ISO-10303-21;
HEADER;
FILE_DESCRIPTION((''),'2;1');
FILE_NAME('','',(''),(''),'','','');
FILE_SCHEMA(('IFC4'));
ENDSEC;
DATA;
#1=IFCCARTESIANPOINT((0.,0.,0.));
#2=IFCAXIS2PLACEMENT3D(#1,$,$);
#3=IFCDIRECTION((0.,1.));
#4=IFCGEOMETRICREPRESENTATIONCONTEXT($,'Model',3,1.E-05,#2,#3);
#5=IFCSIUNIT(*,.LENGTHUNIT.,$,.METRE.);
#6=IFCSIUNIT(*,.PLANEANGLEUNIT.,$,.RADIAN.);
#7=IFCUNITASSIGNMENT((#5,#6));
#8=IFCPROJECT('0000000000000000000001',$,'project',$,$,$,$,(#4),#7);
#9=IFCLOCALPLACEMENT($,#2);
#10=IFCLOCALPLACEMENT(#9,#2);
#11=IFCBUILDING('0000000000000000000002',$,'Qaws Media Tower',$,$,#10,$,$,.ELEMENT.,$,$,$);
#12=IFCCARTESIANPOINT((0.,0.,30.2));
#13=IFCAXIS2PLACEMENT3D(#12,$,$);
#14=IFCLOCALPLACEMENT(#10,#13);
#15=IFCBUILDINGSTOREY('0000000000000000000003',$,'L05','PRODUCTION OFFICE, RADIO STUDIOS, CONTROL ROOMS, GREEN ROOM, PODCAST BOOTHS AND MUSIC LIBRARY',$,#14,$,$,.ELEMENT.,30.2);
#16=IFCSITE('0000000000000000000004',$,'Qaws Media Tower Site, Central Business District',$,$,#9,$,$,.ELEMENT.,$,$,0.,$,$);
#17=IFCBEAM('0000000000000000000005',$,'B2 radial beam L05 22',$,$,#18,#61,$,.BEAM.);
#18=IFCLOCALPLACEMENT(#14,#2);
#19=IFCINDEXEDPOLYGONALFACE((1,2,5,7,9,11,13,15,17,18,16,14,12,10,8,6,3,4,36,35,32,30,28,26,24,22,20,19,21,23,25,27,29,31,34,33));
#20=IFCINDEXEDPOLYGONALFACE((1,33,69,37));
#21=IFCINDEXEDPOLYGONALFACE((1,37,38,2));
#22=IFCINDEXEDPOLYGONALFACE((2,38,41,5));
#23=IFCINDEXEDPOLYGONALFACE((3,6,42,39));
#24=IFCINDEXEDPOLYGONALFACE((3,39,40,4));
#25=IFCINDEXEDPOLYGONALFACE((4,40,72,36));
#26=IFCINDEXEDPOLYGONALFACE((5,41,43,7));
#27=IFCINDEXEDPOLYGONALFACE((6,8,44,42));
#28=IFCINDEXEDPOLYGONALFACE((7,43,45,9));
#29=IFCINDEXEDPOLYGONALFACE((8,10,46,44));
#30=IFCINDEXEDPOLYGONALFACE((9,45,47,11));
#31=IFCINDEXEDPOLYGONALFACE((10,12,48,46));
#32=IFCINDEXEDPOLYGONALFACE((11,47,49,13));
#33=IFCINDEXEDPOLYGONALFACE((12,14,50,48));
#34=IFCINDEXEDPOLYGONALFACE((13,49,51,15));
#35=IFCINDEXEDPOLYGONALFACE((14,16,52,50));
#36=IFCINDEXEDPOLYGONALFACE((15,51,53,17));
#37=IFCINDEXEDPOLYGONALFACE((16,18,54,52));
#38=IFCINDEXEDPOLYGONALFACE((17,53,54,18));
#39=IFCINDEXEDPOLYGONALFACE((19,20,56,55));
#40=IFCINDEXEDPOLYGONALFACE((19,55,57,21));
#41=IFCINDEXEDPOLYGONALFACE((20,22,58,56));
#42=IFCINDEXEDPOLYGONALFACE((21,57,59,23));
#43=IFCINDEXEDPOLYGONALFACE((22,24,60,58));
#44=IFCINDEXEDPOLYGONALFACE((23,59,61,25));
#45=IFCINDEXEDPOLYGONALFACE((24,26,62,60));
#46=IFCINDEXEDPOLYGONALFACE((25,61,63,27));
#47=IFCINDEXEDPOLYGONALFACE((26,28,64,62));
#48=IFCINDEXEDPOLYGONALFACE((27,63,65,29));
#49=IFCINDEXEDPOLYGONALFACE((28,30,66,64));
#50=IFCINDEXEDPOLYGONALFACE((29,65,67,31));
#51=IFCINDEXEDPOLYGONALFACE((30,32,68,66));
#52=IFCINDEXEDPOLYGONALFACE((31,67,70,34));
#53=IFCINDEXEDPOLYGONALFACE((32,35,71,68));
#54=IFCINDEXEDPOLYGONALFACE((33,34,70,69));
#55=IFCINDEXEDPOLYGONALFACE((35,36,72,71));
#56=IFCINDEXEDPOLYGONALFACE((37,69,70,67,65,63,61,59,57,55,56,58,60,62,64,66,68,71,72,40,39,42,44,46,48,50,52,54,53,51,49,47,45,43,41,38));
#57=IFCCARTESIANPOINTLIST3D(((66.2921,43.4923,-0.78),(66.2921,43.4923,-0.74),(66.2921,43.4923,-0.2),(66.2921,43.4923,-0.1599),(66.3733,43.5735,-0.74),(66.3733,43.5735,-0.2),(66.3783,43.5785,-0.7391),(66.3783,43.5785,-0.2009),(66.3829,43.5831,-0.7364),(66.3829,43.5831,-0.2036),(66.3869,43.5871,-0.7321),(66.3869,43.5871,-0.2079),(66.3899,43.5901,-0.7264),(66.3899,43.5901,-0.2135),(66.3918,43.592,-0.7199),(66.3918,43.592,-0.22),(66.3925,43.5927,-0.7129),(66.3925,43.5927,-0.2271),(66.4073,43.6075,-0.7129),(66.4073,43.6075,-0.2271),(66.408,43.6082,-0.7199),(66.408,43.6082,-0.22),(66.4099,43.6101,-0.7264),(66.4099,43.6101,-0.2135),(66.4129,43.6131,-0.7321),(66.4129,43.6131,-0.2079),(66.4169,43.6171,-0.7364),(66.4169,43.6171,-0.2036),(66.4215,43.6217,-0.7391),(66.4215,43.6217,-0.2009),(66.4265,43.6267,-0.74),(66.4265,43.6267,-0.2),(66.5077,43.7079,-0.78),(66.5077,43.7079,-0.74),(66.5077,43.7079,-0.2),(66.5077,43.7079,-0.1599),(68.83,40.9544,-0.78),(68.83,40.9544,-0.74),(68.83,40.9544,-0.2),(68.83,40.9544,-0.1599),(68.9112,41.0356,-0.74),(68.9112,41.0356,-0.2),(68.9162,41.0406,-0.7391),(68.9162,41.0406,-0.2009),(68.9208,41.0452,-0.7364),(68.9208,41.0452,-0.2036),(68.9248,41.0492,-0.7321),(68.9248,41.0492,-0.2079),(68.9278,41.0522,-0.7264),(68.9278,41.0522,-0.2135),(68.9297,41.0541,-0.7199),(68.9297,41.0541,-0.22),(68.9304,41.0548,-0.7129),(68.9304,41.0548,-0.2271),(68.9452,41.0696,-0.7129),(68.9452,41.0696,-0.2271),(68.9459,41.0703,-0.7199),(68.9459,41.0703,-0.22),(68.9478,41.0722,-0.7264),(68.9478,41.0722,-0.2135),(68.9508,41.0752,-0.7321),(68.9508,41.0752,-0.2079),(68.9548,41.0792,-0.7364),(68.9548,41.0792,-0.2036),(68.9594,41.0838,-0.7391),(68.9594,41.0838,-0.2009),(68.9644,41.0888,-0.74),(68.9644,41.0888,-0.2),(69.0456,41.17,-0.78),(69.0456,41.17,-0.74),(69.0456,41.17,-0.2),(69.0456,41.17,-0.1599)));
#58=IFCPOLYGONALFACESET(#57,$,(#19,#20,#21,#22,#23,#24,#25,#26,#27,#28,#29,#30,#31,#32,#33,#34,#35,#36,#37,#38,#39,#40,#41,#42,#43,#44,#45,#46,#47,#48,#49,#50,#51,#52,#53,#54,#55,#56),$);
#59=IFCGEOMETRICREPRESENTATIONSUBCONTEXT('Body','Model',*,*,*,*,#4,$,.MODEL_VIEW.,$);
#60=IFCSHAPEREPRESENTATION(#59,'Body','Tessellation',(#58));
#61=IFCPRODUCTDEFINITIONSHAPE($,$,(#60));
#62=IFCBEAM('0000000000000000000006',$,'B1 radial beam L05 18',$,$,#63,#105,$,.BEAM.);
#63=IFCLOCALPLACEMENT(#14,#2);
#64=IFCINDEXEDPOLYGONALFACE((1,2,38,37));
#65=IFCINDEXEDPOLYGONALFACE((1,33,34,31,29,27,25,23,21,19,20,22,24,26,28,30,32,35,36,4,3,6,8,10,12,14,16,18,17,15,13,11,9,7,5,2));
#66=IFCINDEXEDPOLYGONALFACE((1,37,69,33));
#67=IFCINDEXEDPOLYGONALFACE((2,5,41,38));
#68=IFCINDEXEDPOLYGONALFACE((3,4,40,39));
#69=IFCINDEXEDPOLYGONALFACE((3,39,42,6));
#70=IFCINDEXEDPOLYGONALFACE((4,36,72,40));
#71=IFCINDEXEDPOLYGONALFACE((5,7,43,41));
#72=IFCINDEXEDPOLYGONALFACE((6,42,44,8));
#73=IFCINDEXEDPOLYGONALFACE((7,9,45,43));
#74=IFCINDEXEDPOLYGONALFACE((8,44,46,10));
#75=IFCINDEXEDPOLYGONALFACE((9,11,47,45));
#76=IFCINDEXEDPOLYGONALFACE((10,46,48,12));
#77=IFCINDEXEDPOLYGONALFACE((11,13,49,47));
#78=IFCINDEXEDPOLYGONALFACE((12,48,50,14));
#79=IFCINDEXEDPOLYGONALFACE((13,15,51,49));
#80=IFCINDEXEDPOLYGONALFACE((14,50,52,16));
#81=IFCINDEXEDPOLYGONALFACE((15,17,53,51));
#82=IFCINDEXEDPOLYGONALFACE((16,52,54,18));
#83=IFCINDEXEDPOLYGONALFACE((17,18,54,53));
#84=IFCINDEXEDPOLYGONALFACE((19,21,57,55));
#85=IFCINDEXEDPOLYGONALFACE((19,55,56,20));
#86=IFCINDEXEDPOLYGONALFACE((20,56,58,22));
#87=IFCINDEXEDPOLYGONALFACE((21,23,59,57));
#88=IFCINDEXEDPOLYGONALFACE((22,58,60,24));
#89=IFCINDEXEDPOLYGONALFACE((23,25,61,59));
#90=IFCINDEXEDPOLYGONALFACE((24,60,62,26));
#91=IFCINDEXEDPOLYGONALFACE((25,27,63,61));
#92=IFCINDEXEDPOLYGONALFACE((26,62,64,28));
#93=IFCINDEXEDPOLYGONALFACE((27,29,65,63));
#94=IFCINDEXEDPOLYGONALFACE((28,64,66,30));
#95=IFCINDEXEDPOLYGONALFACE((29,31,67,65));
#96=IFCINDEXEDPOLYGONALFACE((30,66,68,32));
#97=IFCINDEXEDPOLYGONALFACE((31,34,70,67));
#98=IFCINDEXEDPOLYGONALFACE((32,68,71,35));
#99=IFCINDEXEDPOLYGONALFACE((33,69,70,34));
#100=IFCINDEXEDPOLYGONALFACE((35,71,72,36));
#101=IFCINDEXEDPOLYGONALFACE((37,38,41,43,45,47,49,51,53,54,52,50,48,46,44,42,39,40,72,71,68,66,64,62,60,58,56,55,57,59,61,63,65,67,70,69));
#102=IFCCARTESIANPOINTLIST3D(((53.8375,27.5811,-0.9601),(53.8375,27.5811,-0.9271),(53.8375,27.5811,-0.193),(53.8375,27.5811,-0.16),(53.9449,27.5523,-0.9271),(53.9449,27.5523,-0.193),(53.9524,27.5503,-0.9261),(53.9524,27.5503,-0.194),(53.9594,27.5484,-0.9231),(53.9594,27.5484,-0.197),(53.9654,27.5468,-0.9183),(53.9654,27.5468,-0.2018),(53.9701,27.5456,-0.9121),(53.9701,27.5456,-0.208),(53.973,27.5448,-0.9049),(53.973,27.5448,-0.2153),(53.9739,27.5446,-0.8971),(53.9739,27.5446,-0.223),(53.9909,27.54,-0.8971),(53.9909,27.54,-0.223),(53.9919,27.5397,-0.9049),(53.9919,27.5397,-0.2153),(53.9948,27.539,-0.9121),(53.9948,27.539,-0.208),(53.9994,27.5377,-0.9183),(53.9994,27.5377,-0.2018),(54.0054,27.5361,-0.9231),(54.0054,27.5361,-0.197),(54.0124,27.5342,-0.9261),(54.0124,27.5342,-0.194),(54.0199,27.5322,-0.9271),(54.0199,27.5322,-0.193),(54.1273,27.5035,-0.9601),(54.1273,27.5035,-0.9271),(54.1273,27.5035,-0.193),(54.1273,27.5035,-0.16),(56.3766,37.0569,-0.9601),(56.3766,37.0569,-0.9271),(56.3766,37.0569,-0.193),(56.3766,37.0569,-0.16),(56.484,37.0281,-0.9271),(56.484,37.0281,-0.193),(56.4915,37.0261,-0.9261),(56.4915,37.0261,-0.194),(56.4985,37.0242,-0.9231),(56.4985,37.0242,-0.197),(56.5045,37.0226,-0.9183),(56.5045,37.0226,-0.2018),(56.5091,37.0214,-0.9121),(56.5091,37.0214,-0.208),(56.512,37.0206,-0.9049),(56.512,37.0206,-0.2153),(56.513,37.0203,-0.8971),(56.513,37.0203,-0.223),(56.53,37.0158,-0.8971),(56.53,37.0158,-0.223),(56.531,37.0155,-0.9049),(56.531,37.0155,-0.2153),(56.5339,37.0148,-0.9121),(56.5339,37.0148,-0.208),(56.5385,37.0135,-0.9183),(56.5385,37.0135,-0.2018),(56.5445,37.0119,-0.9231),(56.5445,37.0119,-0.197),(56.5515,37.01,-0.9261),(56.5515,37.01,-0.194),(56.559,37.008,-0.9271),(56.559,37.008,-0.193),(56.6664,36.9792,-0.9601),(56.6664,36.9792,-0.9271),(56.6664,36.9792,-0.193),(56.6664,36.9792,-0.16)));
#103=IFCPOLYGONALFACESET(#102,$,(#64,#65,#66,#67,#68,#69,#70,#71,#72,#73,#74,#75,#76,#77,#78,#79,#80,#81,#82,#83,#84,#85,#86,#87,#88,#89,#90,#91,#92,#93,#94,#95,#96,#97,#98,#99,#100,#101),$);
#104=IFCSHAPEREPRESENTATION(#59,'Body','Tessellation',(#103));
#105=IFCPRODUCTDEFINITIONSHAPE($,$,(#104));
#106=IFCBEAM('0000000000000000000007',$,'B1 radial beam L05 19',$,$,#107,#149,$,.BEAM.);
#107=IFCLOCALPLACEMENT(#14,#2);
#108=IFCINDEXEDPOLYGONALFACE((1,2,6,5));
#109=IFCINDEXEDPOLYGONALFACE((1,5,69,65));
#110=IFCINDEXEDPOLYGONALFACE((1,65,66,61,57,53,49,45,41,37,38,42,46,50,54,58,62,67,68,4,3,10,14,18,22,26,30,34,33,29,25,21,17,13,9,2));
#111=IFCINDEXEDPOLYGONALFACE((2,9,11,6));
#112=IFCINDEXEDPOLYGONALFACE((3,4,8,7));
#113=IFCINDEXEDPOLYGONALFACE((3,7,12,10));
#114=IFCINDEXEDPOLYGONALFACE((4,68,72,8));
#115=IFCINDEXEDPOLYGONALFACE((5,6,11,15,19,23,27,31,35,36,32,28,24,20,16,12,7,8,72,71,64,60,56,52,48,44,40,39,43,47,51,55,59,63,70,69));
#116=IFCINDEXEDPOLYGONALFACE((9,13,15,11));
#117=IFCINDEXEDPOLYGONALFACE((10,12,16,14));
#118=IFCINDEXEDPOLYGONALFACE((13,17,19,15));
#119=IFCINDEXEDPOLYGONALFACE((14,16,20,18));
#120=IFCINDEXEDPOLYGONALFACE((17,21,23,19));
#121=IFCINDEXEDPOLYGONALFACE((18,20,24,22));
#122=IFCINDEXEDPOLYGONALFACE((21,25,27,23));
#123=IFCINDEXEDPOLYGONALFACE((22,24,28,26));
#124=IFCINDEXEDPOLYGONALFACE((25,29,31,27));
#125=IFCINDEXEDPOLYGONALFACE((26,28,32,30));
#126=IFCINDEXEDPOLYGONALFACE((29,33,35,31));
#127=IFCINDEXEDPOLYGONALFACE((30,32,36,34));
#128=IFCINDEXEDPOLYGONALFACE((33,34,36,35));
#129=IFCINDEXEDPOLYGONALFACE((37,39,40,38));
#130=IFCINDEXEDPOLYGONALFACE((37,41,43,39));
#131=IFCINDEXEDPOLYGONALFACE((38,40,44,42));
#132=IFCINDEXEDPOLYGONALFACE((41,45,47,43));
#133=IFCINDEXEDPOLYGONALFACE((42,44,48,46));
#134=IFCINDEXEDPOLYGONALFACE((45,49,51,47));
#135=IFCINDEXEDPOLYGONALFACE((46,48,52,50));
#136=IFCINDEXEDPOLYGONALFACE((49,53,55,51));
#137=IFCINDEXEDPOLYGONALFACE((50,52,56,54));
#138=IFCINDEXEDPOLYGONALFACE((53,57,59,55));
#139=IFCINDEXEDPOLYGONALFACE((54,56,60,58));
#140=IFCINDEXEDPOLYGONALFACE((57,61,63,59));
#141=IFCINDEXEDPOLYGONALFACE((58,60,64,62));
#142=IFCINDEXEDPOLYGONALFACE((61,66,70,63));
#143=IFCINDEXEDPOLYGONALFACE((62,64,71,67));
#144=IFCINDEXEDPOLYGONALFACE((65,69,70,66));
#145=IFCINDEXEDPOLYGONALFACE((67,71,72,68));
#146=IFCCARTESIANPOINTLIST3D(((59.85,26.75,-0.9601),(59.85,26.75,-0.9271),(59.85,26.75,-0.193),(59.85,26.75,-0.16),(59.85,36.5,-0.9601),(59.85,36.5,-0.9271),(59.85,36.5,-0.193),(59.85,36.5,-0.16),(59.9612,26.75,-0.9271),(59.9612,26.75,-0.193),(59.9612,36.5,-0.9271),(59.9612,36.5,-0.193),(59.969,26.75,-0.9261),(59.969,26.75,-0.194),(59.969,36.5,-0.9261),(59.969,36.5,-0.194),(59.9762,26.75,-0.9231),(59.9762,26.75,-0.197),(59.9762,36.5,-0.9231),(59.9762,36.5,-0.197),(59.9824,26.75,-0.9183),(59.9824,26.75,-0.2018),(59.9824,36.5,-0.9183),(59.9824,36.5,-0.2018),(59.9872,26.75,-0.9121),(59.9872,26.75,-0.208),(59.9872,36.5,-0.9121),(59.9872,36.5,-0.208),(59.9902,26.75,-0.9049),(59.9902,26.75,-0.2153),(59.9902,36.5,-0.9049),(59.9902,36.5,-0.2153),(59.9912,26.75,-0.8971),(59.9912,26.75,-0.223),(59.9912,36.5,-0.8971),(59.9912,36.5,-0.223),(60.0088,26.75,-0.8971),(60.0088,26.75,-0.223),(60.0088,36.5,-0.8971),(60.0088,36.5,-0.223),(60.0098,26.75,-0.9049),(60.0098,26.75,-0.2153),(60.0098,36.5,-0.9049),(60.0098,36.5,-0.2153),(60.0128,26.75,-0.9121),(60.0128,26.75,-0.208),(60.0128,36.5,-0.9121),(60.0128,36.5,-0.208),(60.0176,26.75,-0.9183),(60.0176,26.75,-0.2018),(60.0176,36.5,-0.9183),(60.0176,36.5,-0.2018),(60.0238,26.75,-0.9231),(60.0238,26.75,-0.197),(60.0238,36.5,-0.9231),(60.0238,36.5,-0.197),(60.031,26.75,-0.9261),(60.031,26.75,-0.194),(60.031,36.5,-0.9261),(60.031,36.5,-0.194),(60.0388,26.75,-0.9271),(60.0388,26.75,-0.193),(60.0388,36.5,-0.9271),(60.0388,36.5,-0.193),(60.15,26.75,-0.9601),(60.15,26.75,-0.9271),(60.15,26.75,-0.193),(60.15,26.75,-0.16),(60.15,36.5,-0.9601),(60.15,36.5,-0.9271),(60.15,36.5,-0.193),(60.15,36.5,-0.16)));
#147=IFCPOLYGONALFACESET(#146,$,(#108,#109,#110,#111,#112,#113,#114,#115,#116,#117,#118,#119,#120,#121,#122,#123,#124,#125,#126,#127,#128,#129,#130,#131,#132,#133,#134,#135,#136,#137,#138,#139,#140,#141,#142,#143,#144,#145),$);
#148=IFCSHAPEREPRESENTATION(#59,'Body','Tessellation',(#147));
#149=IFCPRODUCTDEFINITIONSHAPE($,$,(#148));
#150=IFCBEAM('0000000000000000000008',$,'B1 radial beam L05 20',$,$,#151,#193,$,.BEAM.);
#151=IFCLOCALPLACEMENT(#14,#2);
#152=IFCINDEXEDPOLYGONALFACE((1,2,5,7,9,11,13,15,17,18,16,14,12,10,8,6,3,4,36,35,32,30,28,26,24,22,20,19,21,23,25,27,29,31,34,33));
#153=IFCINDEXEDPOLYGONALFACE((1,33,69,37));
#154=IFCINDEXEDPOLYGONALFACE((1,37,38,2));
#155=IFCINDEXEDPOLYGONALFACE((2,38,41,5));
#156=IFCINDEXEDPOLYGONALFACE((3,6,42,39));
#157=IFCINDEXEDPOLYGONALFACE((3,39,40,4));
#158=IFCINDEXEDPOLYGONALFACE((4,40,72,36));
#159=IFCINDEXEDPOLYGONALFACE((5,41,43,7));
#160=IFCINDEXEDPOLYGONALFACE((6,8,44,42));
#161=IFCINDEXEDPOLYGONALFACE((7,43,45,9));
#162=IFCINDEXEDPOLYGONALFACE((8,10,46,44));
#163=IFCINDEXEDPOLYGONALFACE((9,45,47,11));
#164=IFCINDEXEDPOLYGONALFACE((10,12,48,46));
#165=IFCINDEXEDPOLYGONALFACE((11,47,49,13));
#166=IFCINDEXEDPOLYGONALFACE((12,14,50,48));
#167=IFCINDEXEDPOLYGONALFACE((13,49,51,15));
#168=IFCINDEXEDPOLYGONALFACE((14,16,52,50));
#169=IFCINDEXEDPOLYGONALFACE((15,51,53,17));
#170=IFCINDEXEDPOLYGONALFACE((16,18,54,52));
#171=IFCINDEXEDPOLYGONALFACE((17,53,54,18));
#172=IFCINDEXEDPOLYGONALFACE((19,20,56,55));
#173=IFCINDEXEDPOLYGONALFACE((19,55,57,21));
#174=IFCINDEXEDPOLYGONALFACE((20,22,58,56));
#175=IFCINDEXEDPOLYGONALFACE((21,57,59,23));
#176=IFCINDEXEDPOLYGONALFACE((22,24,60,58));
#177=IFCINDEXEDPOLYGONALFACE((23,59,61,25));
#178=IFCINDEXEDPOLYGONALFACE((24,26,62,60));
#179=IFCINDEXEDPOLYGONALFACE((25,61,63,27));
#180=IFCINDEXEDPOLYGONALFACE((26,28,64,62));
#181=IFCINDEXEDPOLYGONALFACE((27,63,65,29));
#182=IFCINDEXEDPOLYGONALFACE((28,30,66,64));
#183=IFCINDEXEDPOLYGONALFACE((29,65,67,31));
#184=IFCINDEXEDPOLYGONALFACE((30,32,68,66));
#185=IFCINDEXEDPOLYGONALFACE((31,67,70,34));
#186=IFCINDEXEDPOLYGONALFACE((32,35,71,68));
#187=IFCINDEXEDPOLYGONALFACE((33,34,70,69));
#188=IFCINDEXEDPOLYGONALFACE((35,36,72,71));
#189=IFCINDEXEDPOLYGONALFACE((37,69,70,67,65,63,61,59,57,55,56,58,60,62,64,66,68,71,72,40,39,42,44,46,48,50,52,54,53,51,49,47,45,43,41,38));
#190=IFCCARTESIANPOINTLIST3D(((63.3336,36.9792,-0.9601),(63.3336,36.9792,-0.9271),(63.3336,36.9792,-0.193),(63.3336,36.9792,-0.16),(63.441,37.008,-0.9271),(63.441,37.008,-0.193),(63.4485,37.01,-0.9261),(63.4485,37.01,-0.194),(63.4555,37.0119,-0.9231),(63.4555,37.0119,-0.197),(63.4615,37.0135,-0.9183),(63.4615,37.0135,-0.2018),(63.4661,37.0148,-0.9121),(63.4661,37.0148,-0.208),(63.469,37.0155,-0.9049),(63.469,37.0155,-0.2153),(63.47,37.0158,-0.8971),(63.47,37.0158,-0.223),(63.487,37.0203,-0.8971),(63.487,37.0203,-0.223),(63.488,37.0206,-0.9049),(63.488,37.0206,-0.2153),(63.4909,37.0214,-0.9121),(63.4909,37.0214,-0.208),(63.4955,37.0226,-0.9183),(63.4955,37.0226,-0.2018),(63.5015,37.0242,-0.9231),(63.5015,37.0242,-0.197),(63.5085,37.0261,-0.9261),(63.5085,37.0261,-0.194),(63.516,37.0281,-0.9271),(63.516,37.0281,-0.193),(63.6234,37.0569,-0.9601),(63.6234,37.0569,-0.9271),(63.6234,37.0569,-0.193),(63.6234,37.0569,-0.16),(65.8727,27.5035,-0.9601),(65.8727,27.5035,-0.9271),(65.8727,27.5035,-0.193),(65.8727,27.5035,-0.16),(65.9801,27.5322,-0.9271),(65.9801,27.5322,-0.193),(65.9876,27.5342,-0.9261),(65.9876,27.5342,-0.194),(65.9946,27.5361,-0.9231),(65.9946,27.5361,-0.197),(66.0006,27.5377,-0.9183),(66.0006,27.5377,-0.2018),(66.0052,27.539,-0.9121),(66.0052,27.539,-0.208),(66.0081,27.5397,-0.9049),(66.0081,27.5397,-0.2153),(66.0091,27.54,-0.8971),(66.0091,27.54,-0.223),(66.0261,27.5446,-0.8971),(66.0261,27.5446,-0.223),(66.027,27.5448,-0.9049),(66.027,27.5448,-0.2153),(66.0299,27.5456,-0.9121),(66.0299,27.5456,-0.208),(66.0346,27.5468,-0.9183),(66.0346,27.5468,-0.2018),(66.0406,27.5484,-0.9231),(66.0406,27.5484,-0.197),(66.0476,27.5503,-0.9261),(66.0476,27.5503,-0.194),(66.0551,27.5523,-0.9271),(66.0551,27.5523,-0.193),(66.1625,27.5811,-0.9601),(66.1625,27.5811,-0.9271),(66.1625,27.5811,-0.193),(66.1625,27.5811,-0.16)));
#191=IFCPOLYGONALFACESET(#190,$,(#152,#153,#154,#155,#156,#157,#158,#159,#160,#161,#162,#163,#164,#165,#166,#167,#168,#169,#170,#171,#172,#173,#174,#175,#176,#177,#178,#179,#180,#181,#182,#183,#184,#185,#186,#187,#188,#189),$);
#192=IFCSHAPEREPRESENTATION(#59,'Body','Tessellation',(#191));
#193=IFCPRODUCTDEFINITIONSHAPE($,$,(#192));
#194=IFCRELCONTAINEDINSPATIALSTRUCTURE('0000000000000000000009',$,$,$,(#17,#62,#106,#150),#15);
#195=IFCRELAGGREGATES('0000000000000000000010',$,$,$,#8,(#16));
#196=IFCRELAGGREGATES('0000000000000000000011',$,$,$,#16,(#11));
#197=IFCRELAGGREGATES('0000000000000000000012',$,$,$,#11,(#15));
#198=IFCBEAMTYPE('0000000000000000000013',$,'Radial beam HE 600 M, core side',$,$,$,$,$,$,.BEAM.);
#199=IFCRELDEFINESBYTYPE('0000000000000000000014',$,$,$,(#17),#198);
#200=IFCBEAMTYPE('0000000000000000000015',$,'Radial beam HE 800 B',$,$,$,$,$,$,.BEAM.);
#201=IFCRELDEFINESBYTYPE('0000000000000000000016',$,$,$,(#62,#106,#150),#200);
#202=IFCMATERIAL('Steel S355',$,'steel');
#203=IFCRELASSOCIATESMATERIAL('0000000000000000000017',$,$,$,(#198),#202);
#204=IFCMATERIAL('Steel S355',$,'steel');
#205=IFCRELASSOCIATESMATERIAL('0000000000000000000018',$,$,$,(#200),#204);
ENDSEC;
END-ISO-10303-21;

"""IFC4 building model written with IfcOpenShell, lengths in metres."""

from ifc_helpers import new_model, si_unit, direction, frame, origin, origin_2d, place, context, subcontext, project, spatial, i_section, extrude, material, material_profile, profile_set, type_object, element, save


model = new_model("IFC4")

# Units and contexts
model_context = context("Model", 3, precision=1e-05, world=origin(), true_north=direction((0.0, 1.0)))
body_context = subcontext(model_context, "Body", "Model", "MODEL_VIEW")
ifc_project = project(units=[si_unit("LENGTHUNIT", "METRE"), si_unit("PLANEANGLEUNIT", "RADIAN")], contexts=[model_context])

# Site, building, storey
site_placement = place(None, origin())
site = spatial("IfcSite", under=ifc_project, at=site_placement, Name="Qaws Media Tower Site, Central Business District", CompositionType="ELEMENT", RefElevation=0.0)
building_placement = place(site_placement, origin())
building = spatial("IfcBuilding", under=site, at=building_placement, Name="Qaws Media Tower", CompositionType="ELEMENT")
storey_placement = place(building_placement, frame((0.0, 0.0, 30.2)))
storey = spatial("IfcBuildingStorey", under=building, at=storey_placement, Name="L05", Description="PRODUCTION OFFICE, RADIO STUDIOS, CONTROL ROOMS, GREEN ROOM, PODCAST BOOTHS AND MUSIC LIBRARY", CompositionType="ELEMENT", Elevation=30.2)

# Beams
ifc_material_1 = material(Name="Steel S355", Category="steel")
ifc_material_profile_1 = material_profile(ifc_material_1, i_section(OverallWidth=0.3049, OverallDepth=0.6201, WebThickness=0.021, FlangeThickness=0.04, FilletRadius=0.0271, at=origin_2d()), Name="HE 600 M")
ifc_profile_set_1 = profile_set([ifc_material_profile_1], Name="Steel S355")
beam_type_1 = type_object("IfcBeamType", Name="Radial beam HE 600 M, core side", PredefinedType="BEAM", material=ifc_profile_set_1)
beam_1_placement = place(storey_placement, frame((66.3999, 43.6001, -0.47), z_axis=(0.707107, -0.707107, 0.0), x_axis=(0.707107, 0.707107, 0.0)))
element("IfcBeam", 1, at=beam_1_placement, inside=storey, type_object=beam_type_1, Name="B2 radial beam L05 22", PredefinedType="BEAM", context=body_context, shape_type="SweptSolid", body=[
    extrude(i_section(OverallWidth=0.3049, OverallDepth=0.6201, WebThickness=0.021, FlangeThickness=0.04, FilletRadius=0.0271, at=origin_2d()), origin(), (0.0, 0.0, 1.0), 3.5891),
])
ifc_material_2 = material(Name="Steel S355", Category="steel")
ifc_material_profile_2 = material_profile(ifc_material_2, i_section(OverallWidth=0.3, OverallDepth=0.8, WebThickness=0.0176, FlangeThickness=0.033, FilletRadius=0.03, at=origin_2d()), Name="HE 800 B")
ifc_profile_set_2 = profile_set([ifc_material_profile_2], Name="Steel S355")
beam_type_2 = type_object("IfcBeamType", Name="Radial beam HE 800 B", PredefinedType="BEAM", material=ifc_profile_set_2)
beam_2_placement = place(storey_placement, frame((56.5215, 37.0181, -0.5601), z_axis=(-0.258821, -0.965925, 0.0), x_axis=(0.965925, -0.258821, 0.0)))
element("IfcBeam", 2, at=beam_2_placement, inside=storey, type_object=beam_type_2, Name="B1 radial beam L05 18", PredefinedType="BEAM", context=body_context, shape_type="SweptSolid", body=[
    extrude(i_section(OverallWidth=0.3, OverallDepth=0.8, WebThickness=0.0176, FlangeThickness=0.033, FilletRadius=0.03, at=origin_2d()), origin(), (0.0, 0.0, 1.0), 9.8101),
])
beam_3_placement = place(storey_placement, frame((60.0, 36.5, -0.5601), z_axis=(0.0, -1.0, 0.0), x_axis=(1.0, 0.0, 0.0)))
element("IfcBeam", 3, at=beam_3_placement, inside=storey, type_object=beam_type_2, Name="B1 radial beam L05 19", PredefinedType="BEAM", context=body_context, shape_type="SweptSolid", body=[
    extrude(i_section(OverallWidth=0.3, OverallDepth=0.8, WebThickness=0.0176, FlangeThickness=0.033, FilletRadius=0.03, at=origin_2d()), origin(), (0.0, 0.0, 1.0), 9.75),
])
beam_4_placement = place(storey_placement, frame((63.4785, 37.0181, -0.5601), z_axis=(0.258821, -0.965925, 0.0), x_axis=(0.965925, 0.258821, 0.0)))
element("IfcBeam", 4, at=beam_4_placement, inside=storey, type_object=beam_type_2, Name="B1 radial beam L05 20", PredefinedType="BEAM", context=body_context, shape_type="SweptSolid", body=[
    extrude(i_section(OverallWidth=0.3, OverallDepth=0.8, WebThickness=0.0176, FlangeThickness=0.033, FilletRadius=0.03, at=origin_2d()), origin(), (0.0, 0.0, 1.0), 9.8101),
])

save(model, "model.ifc")
